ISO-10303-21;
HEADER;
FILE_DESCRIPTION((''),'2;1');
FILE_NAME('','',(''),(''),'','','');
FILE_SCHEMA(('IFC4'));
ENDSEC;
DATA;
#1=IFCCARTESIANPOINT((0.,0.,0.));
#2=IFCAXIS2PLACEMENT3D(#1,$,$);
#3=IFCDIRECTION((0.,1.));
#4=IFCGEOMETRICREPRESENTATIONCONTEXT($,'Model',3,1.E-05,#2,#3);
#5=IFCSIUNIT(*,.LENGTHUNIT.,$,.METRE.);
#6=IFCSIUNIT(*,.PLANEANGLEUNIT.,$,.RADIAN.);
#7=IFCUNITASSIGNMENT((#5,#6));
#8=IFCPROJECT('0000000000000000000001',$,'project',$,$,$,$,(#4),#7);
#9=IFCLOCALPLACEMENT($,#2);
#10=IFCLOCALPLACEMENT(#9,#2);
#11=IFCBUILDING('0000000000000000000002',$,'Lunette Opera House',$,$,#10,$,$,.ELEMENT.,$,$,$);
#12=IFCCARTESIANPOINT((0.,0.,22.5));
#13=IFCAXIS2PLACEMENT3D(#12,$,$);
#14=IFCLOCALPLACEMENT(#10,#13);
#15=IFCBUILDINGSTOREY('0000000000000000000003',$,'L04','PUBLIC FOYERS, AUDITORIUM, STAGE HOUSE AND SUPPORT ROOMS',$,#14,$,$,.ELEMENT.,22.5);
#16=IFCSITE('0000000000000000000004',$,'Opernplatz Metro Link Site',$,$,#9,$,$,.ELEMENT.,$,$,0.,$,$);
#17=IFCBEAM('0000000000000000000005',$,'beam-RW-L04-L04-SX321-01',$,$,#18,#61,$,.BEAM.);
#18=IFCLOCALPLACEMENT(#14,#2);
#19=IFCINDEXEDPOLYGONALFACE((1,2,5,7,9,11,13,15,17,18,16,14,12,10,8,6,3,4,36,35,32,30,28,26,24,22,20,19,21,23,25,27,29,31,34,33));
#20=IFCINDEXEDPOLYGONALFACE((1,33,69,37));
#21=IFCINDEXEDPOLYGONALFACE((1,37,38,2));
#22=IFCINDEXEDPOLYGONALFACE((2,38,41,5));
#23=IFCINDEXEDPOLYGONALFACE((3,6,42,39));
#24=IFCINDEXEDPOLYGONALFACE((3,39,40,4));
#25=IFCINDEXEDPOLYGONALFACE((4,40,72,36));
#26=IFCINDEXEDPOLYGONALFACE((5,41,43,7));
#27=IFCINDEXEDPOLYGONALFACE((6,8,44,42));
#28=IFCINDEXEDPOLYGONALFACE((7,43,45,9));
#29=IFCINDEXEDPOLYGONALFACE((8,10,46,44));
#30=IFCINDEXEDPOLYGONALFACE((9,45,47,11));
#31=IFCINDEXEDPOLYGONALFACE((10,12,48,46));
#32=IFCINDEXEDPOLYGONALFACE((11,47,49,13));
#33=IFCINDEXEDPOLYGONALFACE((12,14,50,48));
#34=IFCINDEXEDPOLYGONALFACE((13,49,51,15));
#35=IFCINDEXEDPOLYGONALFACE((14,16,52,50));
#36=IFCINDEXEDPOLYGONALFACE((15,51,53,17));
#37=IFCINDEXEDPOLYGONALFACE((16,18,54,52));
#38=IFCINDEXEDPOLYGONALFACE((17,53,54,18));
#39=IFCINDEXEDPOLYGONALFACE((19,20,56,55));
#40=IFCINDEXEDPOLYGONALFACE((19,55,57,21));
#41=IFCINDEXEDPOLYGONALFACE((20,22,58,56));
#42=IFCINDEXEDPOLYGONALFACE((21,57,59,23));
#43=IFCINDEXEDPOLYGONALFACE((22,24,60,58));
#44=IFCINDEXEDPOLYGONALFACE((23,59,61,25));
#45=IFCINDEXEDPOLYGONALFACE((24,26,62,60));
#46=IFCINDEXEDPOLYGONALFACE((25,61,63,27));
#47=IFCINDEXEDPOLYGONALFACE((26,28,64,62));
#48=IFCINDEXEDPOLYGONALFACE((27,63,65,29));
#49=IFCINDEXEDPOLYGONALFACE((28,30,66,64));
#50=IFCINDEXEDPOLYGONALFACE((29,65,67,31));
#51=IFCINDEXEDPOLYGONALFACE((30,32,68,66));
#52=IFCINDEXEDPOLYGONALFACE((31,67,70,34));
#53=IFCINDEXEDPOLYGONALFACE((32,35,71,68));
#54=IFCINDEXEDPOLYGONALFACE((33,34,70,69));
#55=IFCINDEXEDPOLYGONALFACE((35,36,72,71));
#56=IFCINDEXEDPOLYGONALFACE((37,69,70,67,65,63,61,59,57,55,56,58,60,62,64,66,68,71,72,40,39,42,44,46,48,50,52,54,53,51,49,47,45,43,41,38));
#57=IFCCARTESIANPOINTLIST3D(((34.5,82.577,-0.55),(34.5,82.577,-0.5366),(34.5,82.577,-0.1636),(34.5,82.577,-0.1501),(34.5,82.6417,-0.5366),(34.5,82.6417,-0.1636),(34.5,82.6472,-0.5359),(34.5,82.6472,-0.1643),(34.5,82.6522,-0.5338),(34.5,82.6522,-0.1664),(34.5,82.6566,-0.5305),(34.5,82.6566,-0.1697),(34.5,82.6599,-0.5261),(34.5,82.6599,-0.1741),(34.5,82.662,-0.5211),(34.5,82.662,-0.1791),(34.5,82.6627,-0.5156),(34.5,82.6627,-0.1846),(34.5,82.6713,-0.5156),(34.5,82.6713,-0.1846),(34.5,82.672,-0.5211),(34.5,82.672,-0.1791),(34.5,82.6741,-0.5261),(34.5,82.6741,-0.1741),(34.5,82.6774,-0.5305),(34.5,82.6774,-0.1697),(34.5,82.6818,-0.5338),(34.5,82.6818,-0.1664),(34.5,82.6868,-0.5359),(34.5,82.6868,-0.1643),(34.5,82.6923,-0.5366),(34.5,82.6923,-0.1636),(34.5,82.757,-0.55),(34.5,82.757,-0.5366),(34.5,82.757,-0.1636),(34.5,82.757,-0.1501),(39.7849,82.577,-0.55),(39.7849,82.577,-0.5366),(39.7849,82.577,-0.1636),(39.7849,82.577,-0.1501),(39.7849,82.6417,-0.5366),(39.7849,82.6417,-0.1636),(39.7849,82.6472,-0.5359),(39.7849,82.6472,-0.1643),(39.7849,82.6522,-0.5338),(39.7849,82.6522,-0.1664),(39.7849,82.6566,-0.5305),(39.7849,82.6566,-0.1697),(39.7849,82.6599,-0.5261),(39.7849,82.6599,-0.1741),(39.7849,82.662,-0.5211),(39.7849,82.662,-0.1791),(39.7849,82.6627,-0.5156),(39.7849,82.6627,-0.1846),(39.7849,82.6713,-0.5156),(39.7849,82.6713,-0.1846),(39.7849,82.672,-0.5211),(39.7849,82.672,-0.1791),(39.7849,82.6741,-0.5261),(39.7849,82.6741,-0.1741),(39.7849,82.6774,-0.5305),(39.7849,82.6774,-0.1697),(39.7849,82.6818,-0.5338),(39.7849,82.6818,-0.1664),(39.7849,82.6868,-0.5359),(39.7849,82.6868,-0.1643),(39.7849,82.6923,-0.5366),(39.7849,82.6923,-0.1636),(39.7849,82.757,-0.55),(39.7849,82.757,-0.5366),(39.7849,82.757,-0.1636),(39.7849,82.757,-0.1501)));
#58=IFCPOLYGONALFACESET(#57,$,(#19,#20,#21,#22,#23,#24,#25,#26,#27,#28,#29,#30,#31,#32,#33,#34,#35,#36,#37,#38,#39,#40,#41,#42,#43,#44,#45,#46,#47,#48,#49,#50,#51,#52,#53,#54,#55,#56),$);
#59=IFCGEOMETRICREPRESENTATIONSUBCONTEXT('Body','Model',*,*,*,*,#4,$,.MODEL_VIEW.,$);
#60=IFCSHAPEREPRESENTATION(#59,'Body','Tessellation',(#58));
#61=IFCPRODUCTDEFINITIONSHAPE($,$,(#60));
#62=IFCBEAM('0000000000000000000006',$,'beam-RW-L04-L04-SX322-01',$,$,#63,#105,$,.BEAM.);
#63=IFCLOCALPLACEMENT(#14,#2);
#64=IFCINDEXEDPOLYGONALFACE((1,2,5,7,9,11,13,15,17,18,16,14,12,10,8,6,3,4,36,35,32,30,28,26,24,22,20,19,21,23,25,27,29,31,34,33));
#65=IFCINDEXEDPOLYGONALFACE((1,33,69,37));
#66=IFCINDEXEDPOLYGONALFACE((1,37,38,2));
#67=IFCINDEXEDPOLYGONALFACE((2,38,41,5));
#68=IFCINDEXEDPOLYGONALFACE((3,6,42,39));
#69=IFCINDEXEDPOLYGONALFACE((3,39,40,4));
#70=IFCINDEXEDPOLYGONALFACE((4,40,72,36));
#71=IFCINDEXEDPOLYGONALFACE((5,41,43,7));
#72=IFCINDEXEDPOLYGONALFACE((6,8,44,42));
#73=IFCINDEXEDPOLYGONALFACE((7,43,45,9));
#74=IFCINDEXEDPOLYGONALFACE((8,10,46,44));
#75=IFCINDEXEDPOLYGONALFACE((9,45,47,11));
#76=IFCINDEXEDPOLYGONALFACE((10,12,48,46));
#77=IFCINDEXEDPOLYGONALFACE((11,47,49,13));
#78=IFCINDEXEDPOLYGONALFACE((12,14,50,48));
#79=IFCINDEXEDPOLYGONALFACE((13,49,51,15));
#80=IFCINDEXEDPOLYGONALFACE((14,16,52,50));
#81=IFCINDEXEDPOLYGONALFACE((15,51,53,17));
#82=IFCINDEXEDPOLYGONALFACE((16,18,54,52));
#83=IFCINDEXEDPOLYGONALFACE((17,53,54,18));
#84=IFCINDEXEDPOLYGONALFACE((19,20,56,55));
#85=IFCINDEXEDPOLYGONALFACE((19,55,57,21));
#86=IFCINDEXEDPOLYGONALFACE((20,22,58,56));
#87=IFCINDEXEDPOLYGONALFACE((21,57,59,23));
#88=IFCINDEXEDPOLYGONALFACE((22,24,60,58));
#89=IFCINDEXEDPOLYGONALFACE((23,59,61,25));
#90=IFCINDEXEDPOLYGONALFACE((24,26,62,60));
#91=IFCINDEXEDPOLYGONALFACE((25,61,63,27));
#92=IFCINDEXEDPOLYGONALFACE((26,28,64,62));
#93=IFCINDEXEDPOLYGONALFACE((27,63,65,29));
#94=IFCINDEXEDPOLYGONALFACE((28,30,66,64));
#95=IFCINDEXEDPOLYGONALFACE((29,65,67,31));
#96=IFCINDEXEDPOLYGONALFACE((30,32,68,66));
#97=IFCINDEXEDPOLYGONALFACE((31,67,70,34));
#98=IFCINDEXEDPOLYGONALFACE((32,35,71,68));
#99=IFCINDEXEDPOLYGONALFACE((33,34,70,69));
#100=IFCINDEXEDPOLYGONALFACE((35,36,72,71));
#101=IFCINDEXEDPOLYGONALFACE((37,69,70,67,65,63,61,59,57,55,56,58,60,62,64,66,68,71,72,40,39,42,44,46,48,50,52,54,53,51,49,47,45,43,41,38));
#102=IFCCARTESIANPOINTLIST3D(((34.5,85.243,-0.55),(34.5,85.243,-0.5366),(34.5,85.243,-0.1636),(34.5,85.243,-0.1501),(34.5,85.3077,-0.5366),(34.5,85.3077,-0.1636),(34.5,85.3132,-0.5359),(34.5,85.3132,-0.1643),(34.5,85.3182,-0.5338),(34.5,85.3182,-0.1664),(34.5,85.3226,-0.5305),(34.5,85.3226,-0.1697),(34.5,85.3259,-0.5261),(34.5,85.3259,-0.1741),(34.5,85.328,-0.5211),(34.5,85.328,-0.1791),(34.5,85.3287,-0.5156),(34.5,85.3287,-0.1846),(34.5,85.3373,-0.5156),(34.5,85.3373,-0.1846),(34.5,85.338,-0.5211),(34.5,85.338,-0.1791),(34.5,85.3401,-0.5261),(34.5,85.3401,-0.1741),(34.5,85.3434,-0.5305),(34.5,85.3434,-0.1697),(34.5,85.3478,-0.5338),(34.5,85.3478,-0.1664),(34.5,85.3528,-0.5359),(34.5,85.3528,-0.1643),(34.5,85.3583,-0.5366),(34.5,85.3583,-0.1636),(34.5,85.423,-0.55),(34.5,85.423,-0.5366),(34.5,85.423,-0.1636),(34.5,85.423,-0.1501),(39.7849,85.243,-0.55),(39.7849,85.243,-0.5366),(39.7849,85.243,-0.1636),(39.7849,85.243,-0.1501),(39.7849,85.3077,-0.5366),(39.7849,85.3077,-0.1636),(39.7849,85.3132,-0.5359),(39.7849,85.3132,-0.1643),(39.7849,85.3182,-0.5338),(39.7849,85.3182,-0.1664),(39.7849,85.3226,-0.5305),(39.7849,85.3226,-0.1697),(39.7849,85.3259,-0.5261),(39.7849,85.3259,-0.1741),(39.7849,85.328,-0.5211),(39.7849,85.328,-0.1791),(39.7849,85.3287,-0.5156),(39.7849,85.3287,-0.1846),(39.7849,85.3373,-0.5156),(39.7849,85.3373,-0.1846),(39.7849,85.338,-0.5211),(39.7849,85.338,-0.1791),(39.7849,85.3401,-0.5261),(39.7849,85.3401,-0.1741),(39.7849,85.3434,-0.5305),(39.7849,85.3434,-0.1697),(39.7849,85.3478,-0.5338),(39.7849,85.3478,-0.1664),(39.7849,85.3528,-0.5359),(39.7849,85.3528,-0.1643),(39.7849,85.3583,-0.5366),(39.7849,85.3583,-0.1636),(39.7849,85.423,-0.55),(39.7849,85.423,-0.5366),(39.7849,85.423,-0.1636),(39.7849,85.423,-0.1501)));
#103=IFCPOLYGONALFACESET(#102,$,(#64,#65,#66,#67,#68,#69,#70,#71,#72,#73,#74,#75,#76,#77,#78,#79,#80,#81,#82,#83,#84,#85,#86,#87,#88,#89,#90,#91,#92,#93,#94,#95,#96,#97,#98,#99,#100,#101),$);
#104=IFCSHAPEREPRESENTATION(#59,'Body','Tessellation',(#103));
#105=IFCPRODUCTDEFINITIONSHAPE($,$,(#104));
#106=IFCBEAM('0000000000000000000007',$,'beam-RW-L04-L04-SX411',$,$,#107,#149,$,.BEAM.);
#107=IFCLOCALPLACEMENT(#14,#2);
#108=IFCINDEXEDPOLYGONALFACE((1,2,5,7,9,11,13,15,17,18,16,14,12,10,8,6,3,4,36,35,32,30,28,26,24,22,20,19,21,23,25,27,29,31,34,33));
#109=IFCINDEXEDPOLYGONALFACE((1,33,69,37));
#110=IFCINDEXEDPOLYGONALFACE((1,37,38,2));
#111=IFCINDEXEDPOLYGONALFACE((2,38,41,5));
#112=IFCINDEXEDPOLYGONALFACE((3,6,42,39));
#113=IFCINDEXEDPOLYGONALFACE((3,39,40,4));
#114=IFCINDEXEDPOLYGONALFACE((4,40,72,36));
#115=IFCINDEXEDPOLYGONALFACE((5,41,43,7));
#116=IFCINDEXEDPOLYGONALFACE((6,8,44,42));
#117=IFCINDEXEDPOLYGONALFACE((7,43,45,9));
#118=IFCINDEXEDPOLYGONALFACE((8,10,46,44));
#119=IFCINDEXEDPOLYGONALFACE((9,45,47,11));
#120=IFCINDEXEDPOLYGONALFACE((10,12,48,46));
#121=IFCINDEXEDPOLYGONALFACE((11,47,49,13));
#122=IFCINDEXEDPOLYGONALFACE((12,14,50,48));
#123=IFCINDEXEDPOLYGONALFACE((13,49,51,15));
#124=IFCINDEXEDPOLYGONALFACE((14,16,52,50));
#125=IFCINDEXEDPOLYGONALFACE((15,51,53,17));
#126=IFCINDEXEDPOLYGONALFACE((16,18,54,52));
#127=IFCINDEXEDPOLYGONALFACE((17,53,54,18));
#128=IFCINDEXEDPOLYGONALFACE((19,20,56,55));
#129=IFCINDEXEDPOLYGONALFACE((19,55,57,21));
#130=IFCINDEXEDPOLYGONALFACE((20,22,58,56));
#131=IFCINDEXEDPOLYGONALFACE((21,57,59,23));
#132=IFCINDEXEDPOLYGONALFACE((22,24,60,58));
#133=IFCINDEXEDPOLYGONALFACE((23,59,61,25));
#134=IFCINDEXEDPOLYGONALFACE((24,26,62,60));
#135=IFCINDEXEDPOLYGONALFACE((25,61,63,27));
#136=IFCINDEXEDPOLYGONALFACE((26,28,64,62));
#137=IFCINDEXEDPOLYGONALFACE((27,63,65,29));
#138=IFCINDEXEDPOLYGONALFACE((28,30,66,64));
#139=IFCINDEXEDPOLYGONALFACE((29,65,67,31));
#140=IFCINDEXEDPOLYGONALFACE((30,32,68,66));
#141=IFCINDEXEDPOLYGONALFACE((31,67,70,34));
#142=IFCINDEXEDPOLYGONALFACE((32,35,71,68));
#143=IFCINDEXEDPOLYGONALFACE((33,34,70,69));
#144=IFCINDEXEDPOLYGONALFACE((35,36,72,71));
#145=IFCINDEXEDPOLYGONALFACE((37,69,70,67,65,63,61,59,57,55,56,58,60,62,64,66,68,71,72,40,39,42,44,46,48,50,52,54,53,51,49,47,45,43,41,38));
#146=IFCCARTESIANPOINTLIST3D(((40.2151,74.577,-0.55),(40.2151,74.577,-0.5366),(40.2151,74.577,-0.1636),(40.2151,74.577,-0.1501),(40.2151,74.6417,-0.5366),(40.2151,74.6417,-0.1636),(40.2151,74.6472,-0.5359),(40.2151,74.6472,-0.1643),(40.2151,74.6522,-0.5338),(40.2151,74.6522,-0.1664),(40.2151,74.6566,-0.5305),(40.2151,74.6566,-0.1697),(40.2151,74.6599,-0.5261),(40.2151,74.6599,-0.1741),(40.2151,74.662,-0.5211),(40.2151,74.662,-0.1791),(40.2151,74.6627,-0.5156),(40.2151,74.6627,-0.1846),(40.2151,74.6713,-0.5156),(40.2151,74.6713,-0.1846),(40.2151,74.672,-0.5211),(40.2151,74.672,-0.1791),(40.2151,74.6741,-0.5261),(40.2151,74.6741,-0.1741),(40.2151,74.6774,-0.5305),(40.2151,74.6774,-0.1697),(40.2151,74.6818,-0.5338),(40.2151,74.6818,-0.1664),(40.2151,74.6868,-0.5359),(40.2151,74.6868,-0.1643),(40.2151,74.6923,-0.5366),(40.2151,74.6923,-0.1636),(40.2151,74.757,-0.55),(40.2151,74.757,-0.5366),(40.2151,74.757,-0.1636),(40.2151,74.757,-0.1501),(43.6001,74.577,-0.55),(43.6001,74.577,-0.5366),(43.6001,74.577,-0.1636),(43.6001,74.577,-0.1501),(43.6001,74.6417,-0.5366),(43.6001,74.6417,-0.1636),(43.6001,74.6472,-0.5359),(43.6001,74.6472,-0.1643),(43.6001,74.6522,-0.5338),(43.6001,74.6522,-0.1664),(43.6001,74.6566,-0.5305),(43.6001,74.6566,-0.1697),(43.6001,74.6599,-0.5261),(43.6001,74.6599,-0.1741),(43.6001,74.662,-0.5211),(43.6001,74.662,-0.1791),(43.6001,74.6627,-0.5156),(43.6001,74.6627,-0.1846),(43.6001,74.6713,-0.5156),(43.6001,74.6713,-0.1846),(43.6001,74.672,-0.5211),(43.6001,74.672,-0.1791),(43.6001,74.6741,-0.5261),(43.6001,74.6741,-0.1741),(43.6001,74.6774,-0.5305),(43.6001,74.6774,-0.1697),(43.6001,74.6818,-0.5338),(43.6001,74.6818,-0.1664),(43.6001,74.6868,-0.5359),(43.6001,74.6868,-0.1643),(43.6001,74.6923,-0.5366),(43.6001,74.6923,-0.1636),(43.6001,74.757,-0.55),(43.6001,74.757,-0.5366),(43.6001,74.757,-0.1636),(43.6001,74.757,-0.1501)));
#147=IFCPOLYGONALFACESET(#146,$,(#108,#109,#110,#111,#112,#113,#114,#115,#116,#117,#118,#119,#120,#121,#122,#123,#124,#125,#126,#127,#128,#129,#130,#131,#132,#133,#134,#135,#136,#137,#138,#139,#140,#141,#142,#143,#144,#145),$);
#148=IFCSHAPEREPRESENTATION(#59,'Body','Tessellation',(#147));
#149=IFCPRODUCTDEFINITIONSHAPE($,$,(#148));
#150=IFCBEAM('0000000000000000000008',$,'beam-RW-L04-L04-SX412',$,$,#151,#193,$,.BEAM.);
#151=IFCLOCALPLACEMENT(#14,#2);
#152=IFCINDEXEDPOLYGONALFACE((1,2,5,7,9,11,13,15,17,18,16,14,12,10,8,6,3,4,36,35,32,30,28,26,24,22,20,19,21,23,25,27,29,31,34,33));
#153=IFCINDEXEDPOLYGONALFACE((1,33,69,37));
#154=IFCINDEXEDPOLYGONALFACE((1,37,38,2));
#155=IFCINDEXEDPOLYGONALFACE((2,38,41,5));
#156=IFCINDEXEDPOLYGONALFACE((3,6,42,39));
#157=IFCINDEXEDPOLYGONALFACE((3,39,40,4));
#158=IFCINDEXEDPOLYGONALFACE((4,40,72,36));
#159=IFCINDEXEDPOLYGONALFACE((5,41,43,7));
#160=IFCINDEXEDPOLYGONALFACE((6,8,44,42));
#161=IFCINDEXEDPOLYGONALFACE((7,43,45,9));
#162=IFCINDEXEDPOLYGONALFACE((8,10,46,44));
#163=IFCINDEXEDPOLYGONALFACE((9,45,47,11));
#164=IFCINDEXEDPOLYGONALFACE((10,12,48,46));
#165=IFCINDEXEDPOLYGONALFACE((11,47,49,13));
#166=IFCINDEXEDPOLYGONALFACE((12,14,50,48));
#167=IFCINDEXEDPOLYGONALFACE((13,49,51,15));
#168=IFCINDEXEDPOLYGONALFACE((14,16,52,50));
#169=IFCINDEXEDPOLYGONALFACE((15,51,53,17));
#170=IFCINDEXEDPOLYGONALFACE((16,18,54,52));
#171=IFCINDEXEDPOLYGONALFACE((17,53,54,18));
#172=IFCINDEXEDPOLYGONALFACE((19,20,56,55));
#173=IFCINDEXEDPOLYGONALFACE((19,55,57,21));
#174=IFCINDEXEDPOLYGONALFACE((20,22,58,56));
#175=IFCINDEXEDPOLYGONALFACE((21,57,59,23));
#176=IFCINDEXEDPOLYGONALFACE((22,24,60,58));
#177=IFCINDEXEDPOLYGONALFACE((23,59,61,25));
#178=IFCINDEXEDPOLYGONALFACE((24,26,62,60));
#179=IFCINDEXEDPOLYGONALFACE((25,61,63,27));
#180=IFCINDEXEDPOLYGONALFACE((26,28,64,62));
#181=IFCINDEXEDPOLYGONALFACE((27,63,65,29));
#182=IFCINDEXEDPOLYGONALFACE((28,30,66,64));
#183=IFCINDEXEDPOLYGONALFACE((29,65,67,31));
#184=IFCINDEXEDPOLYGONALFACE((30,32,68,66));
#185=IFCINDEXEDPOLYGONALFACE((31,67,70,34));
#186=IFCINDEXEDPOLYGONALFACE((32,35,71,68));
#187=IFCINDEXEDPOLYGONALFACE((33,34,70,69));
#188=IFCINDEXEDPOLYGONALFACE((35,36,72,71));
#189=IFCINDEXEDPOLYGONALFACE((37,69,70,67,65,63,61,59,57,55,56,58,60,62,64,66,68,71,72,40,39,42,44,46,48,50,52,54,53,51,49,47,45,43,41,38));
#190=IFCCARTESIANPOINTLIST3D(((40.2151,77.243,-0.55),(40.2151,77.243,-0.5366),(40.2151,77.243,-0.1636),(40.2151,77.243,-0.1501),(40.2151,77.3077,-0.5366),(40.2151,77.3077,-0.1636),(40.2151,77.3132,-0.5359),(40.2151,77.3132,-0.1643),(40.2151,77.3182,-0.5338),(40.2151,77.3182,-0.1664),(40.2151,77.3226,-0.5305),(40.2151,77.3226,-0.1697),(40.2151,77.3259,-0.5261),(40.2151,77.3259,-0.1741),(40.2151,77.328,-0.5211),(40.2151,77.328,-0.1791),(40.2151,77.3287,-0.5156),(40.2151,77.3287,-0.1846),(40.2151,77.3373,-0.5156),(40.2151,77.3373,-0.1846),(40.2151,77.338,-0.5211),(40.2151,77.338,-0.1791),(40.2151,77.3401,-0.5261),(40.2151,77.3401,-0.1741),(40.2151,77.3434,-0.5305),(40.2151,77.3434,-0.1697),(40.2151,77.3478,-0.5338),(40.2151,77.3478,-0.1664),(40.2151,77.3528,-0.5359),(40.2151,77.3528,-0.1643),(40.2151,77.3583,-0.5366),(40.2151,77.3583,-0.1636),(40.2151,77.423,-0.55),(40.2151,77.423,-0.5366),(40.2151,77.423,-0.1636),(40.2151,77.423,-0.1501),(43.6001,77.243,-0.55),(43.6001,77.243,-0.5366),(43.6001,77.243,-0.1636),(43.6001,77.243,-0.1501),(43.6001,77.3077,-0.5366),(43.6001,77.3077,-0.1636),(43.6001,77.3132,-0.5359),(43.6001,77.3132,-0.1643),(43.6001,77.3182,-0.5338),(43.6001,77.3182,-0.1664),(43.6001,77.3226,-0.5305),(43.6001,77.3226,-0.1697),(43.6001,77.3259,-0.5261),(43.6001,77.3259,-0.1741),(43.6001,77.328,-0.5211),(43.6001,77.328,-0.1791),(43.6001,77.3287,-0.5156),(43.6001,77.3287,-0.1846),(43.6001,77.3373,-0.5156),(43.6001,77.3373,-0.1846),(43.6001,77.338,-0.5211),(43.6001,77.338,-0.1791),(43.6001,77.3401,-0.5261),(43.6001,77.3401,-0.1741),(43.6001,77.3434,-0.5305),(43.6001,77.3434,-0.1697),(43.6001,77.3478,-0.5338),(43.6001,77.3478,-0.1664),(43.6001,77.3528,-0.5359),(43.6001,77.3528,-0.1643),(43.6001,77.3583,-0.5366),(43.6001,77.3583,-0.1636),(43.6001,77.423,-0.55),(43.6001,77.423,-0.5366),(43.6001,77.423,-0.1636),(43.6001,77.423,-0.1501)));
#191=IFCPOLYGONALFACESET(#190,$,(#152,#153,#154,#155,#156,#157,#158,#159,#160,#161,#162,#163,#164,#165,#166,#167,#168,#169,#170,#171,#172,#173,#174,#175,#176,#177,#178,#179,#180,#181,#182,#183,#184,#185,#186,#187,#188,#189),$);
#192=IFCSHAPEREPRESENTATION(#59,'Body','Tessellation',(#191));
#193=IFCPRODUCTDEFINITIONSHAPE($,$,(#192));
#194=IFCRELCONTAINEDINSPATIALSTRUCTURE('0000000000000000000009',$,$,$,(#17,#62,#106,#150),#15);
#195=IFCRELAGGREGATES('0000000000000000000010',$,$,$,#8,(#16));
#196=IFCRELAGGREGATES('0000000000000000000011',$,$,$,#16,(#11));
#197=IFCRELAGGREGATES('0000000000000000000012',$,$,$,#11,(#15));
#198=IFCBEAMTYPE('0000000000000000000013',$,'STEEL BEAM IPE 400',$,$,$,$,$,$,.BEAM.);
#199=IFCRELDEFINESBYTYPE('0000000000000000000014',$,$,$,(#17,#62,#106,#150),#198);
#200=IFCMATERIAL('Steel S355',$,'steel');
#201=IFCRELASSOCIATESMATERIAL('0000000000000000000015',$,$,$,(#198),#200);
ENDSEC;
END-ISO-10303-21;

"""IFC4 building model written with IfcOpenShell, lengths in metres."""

from ifc_helpers import new_model, si_unit, direction, frame, origin, origin_2d, place, context, subcontext, project, spatial, i_section, extrude, material, material_profile, profile_set, type_object, element, save


model = new_model("IFC4")

# Units and contexts
model_context = context("Model", 3, precision=1e-05, world=origin(), true_north=direction((0.0, 1.0)))
body_context = subcontext(model_context, "Body", "Model", "MODEL_VIEW")
ifc_project = project(units=[si_unit("LENGTHUNIT", "METRE"), si_unit("PLANEANGLEUNIT", "RADIAN")], contexts=[model_context])

# Site, building, storey
site_placement = place(None, origin())
site = spatial("IfcSite", under=ifc_project, at=site_placement, Name="Opernplatz Metro Link Site", CompositionType="ELEMENT", RefElevation=0.0)
building_placement = place(site_placement, origin())
building = spatial("IfcBuilding", under=site, at=building_placement, Name="Lunette Opera House", CompositionType="ELEMENT")
storey_placement = place(building_placement, frame((0.0, 0.0, 22.5)))
storey = spatial("IfcBuildingStorey", under=building, at=storey_placement, Name="L04", Description="PUBLIC FOYERS, AUDITORIUM, STAGE HOUSE AND SUPPORT ROOMS", CompositionType="ELEMENT", Elevation=22.5)

# Beams
ifc_material_1 = material(Name="Steel S355", Category="steel")
ifc_material_profile_1 = material_profile(ifc_material_1, i_section(OverallWidth=0.1799, OverallDepth=0.3999, WebThickness=0.0085, FlangeThickness=0.0134, FilletRadius=0.021, at=origin_2d()), Name="IPE 400")
ifc_profile_set_1 = profile_set([ifc_material_profile_1], Name="Steel S355")
beam_type_1 = type_object("IfcBeamType", Name="STEEL BEAM IPE 400", PredefinedType="BEAM", material=ifc_profile_set_1)
for number, where, z_axis, x_axis, name in (
    (1, (34.5, 82.667, -0.3501), (1.0, 0.0, 0.0), (0.0, 1.0, 0.0), "beam-RW-L04-L04-SX321-01"),
    (2, (34.5, 85.333, -0.3501), (1.0, 0.0, 0.0), (0.0, 1.0, 0.0), "beam-RW-L04-L04-SX322-01"),
):
    element("IfcBeam", number, at=place(storey_placement, frame(where, z_axis=z_axis, x_axis=x_axis)), inside=storey, type_object=beam_type_1, Name=name, PredefinedType="BEAM", context=body_context, shape_type="SweptSolid", body=[
        extrude(i_section(OverallWidth=0.1799, OverallDepth=0.3999, WebThickness=0.0085, FlangeThickness=0.0134, FilletRadius=0.021, at=origin_2d()), origin(), (0.0, 0.0, 1.0), 5.2849),
    ])
for number, where, z_axis, x_axis, name in (
    (3, (40.2151, 74.667, -0.3501), (1.0, 0.0, 0.0), (0.0, 1.0, 0.0), "beam-RW-L04-L04-SX411"),
    (4, (40.2151, 77.333, -0.3501), (1.0, 0.0, 0.0), (0.0, 1.0, 0.0), "beam-RW-L04-L04-SX412"),
):
    element("IfcBeam", number, at=place(storey_placement, frame(where, z_axis=z_axis, x_axis=x_axis)), inside=storey, type_object=beam_type_1, Name=name, PredefinedType="BEAM", context=body_context, shape_type="SweptSolid", body=[
        extrude(i_section(OverallWidth=0.1799, OverallDepth=0.3999, WebThickness=0.0085, FlangeThickness=0.0134, FilletRadius=0.021, at=origin_2d()), origin(), (0.0, 0.0, 1.0), 3.385),
    ])

save(model, "model.ifc")
